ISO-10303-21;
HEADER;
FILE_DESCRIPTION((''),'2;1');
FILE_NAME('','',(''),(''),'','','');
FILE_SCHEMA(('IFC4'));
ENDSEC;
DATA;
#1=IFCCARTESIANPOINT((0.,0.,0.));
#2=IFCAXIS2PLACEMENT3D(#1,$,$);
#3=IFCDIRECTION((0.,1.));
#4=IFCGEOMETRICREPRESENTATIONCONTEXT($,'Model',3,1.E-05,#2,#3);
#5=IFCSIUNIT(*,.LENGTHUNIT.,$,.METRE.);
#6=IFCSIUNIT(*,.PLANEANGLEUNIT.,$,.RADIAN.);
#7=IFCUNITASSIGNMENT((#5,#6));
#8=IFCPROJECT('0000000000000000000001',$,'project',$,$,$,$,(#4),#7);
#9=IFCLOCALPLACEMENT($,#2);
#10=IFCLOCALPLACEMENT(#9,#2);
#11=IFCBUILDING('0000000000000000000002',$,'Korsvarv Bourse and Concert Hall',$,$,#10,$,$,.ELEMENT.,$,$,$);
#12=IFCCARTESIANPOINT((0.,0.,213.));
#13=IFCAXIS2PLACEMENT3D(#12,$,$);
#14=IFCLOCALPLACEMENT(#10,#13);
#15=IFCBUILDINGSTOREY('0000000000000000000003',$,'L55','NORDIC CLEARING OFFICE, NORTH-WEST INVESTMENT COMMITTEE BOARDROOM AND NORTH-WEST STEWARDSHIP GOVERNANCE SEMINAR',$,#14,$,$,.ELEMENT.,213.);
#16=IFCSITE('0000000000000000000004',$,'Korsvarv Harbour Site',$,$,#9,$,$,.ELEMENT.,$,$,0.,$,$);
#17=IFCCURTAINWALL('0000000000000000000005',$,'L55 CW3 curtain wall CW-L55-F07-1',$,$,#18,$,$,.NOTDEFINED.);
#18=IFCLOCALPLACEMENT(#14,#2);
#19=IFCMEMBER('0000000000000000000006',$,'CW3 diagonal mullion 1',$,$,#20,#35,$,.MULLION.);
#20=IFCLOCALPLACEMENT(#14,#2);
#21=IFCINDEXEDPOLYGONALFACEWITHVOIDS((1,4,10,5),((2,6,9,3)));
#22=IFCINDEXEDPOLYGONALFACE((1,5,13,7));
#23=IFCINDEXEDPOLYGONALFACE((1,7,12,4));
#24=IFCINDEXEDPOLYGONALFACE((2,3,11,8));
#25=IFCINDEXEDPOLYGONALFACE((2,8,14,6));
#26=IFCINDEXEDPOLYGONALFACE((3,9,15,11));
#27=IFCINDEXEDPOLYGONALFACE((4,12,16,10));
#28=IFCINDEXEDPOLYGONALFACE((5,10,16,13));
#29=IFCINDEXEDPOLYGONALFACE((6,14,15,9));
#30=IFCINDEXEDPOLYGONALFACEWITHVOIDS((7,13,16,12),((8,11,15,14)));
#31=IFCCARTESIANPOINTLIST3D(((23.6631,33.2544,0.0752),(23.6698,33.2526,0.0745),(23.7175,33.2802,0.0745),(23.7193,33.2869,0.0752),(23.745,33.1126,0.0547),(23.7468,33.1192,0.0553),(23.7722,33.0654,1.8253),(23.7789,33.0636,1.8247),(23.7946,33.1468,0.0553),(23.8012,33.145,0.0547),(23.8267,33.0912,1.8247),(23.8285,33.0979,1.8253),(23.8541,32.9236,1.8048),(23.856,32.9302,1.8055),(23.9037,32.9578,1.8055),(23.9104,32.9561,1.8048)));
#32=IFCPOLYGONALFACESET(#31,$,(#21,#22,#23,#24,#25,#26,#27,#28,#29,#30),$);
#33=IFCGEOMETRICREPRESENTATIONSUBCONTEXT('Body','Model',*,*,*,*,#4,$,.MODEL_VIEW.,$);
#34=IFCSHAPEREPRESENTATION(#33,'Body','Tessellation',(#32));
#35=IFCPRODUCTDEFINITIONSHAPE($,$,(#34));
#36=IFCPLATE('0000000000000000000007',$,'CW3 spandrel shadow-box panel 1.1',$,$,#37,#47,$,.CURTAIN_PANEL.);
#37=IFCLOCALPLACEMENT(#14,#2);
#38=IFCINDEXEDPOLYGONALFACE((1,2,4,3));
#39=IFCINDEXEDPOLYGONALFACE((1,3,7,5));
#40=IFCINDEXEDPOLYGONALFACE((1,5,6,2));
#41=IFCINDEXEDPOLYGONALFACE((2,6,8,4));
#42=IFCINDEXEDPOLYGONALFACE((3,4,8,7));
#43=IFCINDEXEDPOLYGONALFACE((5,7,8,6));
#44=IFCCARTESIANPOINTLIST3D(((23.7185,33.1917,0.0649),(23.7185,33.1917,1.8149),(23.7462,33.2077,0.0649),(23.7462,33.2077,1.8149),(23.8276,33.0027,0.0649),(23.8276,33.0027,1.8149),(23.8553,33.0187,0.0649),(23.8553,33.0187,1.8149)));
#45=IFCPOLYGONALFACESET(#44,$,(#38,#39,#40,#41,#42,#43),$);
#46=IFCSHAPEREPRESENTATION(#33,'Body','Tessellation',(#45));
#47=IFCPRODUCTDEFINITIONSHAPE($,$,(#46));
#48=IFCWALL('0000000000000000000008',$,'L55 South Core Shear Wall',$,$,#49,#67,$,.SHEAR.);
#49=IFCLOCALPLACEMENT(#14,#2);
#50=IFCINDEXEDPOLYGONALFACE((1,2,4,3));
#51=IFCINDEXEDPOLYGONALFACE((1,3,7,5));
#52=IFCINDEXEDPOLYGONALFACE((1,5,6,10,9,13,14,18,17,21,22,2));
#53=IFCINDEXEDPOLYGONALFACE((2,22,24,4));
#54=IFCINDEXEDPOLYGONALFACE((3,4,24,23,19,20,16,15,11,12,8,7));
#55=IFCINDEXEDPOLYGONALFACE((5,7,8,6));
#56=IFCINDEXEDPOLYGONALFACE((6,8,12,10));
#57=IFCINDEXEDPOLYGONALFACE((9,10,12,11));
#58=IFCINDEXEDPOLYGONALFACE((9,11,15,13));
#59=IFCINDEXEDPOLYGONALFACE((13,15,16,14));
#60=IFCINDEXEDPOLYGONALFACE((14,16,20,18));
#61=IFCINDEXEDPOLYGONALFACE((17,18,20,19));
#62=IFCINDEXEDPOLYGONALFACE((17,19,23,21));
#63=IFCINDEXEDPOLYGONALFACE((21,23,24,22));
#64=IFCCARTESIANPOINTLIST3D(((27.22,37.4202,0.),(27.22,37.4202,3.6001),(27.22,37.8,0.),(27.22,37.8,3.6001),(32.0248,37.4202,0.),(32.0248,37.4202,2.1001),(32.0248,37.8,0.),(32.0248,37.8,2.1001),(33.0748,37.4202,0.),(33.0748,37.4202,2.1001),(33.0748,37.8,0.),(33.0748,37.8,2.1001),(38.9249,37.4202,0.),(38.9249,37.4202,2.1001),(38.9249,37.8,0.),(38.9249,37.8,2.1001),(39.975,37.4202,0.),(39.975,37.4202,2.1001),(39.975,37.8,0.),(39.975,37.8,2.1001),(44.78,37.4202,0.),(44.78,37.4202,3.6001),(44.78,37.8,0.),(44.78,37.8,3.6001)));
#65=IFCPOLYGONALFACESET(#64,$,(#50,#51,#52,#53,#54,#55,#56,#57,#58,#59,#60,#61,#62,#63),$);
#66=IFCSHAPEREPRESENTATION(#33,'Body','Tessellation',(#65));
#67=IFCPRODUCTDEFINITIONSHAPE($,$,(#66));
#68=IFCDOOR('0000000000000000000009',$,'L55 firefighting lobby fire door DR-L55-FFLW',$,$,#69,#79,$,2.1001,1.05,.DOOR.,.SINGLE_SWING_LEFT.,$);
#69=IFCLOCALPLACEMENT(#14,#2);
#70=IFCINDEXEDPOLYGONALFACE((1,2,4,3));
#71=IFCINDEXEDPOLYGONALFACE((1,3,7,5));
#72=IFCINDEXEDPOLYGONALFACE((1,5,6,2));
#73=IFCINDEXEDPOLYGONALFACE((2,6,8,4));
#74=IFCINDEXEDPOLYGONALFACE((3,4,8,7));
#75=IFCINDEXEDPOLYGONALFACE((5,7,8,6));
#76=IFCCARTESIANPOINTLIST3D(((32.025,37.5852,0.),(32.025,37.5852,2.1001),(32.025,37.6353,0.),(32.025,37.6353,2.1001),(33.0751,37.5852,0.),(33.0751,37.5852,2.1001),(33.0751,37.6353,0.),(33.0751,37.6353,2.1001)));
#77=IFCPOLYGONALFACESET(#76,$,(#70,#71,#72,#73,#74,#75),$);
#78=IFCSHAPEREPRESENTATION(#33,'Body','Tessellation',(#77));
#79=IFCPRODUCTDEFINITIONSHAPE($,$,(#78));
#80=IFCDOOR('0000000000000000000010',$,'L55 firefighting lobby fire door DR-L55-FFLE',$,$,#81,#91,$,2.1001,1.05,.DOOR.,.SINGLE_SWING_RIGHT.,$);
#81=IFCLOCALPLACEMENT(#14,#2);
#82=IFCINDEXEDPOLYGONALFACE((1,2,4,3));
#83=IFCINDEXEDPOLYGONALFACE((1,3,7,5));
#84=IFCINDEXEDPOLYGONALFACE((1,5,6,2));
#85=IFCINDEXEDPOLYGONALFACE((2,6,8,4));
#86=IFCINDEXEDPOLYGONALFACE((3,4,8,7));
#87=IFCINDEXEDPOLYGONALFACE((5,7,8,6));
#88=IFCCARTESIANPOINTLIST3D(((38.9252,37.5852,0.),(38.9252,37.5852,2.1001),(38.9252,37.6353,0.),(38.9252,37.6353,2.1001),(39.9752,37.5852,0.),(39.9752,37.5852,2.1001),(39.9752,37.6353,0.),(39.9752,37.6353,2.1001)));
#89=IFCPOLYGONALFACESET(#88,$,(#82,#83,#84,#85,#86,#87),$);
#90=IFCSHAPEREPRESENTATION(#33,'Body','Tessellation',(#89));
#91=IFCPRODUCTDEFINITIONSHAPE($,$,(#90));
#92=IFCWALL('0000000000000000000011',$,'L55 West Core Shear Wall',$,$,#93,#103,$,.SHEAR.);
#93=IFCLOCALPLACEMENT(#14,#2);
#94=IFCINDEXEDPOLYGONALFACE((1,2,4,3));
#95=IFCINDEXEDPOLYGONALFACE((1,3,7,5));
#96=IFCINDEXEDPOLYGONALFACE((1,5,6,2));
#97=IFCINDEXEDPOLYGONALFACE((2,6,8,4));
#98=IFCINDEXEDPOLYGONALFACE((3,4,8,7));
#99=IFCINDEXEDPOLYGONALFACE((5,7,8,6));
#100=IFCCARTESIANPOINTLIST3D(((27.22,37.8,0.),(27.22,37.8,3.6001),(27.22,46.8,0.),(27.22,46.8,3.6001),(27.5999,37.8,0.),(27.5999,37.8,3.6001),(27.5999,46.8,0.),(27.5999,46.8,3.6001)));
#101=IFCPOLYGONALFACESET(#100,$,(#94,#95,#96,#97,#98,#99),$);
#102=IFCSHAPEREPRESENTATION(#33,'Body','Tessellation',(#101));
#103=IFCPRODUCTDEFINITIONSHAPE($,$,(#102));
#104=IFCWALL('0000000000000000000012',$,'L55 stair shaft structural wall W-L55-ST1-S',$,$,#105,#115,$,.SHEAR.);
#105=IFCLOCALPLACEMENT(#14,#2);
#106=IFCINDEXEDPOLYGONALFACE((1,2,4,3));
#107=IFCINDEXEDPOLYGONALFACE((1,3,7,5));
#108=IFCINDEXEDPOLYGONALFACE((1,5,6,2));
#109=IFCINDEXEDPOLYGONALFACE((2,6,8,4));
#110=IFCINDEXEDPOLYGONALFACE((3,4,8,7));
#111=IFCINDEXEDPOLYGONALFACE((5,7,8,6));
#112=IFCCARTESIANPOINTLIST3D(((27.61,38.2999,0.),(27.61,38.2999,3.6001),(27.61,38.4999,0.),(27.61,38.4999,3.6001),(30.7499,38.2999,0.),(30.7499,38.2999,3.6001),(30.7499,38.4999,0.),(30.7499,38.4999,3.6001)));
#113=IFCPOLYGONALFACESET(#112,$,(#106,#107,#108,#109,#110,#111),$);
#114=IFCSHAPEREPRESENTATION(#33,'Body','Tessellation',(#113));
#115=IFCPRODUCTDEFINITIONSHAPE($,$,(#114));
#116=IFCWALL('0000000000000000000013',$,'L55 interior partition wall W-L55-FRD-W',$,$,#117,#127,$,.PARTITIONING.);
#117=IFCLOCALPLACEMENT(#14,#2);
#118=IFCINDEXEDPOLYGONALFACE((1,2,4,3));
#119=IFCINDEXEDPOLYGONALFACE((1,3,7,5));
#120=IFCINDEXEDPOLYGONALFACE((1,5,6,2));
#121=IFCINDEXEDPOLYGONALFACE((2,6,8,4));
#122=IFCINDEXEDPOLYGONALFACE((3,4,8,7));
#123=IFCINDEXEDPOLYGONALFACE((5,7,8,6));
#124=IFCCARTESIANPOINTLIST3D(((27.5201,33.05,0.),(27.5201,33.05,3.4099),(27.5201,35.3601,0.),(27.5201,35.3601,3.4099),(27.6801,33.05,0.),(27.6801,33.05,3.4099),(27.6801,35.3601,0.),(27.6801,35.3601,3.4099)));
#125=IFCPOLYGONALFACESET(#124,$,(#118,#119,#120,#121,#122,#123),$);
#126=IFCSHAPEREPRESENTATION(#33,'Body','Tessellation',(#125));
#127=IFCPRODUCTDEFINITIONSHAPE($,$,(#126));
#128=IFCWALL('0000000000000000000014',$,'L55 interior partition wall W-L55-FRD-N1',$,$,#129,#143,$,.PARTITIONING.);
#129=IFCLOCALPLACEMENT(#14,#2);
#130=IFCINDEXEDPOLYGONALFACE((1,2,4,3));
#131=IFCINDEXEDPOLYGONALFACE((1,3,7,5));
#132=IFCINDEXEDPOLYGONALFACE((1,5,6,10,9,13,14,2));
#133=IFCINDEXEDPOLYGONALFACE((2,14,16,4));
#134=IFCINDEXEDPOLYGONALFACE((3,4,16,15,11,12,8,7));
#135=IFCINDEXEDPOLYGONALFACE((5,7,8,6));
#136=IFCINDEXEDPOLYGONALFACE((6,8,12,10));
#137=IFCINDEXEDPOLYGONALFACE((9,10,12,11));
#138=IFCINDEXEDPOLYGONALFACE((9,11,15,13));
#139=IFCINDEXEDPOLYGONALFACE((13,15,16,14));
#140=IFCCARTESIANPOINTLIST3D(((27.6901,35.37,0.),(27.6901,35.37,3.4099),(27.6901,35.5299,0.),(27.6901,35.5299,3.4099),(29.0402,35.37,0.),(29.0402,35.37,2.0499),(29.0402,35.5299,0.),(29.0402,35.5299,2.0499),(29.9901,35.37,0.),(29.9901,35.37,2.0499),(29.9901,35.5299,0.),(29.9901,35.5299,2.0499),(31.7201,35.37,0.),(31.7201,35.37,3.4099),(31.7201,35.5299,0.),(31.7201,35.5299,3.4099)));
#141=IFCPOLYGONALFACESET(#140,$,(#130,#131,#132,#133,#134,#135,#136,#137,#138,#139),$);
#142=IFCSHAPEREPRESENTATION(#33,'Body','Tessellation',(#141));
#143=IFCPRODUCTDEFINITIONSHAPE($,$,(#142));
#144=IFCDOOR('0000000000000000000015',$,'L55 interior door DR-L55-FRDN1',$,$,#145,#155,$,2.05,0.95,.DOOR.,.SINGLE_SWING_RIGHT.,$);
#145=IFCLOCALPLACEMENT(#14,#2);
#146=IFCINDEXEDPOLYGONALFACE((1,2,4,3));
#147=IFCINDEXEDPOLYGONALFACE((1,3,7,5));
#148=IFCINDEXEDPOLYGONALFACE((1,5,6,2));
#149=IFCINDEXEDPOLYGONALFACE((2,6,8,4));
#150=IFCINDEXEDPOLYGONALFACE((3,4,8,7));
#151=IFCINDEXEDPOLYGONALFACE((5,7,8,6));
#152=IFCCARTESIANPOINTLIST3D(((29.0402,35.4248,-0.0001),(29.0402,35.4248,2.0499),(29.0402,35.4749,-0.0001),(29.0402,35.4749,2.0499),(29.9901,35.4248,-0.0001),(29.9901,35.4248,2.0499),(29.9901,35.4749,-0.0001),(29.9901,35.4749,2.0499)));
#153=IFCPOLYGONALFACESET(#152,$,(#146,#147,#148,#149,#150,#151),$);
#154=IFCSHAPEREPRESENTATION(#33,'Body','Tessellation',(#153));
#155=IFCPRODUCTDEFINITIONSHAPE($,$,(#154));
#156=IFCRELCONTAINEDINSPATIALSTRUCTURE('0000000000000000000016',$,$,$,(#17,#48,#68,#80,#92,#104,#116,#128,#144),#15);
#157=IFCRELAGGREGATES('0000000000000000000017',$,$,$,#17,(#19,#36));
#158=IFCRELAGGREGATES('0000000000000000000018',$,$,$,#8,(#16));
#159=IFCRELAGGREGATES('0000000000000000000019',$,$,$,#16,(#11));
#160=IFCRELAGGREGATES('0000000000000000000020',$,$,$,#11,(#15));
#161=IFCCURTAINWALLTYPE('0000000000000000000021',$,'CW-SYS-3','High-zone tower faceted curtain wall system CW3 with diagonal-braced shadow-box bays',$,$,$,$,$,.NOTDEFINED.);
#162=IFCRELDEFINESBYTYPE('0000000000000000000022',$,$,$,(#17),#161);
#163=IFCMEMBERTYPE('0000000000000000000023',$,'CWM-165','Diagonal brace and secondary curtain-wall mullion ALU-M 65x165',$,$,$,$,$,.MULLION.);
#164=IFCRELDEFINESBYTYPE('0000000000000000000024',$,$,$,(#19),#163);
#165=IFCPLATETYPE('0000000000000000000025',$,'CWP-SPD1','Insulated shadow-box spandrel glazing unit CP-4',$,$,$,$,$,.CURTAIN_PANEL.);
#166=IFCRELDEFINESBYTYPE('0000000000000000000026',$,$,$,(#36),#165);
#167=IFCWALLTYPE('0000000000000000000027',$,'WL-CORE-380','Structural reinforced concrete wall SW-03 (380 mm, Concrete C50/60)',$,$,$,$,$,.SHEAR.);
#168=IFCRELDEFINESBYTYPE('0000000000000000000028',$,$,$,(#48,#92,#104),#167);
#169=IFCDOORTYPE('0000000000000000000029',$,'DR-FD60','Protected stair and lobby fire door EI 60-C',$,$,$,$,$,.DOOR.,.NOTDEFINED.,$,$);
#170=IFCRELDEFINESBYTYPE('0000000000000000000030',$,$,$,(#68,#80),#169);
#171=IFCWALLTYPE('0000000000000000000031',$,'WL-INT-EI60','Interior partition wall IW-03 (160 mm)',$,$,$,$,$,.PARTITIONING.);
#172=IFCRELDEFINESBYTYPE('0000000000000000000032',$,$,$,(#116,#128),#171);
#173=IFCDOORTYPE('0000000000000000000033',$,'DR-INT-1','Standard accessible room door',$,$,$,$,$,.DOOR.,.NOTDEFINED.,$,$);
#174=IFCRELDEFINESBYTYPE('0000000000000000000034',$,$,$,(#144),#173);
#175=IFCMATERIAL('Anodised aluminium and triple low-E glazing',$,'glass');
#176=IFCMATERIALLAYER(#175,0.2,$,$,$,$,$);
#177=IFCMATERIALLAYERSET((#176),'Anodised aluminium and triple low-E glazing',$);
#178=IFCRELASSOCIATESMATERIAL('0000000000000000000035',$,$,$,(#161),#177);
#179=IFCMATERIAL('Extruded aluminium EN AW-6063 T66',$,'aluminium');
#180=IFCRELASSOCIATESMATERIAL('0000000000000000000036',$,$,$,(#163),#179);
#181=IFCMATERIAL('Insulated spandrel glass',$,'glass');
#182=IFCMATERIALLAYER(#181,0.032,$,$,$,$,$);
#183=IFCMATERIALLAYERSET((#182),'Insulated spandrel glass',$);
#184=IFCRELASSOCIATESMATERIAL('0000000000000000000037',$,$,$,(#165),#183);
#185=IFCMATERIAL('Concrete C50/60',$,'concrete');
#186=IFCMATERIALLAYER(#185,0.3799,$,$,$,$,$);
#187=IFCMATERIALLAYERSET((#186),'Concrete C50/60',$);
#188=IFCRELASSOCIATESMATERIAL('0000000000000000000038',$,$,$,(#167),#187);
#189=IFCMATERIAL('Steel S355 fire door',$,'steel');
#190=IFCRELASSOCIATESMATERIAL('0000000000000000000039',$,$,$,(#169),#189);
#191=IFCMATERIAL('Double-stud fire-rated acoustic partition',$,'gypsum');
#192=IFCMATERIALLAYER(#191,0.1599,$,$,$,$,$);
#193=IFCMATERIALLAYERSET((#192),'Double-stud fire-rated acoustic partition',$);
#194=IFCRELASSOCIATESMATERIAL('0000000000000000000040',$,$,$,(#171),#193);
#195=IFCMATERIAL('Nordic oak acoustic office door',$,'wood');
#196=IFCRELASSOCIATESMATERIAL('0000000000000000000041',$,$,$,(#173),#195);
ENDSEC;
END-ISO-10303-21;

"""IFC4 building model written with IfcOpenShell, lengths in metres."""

from ifc_helpers import new_model, si_unit, direction, frame, frame_2d, origin, origin_2d, place, context, subcontext, project, spatial, rectangle, hollow_rectangle, extrude, source, transform, mapped, material, layer, layer_set, material_profile, profile_set, type_object, element, fill, aggregate, save


model = new_model("IFC4")

# Units and contexts
model_context = context("Model", 3, precision=1e-05, world=origin(), true_north=direction((0.0, 1.0)))
body_context = subcontext(model_context, "Body", "Model", "MODEL_VIEW")
ifc_project = project(units=[si_unit("LENGTHUNIT", "METRE"), si_unit("PLANEANGLEUNIT", "RADIAN")], contexts=[model_context])

# Site, building, storey
site_placement = place(None, origin())
site = spatial("IfcSite", under=ifc_project, at=site_placement, Name="Korsvarv Harbour Site", CompositionType="ELEMENT", RefElevation=0.0)
building_placement = place(site_placement, origin())
building = spatial("IfcBuilding", under=site, at=building_placement, Name="Korsvarv Bourse and Concert Hall", CompositionType="ELEMENT")
storey_placement = place(building_placement, frame((0.0, 0.0, 213.0)))
storey = spatial("IfcBuildingStorey", under=building, at=storey_placement, Name="L55", Description="NORDIC CLEARING OFFICE, NORTH-WEST INVESTMENT COMMITTEE BOARDROOM AND NORTH-WEST STEWARDSHIP GOVERNANCE SEMINAR", CompositionType="ELEMENT", Elevation=213.0)

# Shared definitions
ifc_material_1 = material(Name="Concrete C50/60", Category="concrete")

# Curtain wall, member, plate
ifc_material_2 = material(Name="Anodised aluminium and triple low-E glazing", Category="glass")
ifc_layer_1 = layer(ifc_material_2, 0.2)
ifc_layer_set_1 = layer_set([ifc_layer_1], Name="Anodised aluminium and triple low-E glazing")
curtain_wall_type = type_object("IfcCurtainWallType", Name="CW-SYS-3", Description="High-zone tower faceted curtain wall system CW3 with diagonal-braced shadow-box bays", PredefinedType="NOTDEFINED", material=ifc_layer_set_1)
curtain_wall_placement = place(storey_placement, origin())
curtain_wall = element("IfcCurtainWall", 1, at=curtain_wall_placement, inside=storey, type_object=curtain_wall_type, Name="L55 CW3 curtain wall CW-L55-F07-1", PredefinedType="NOTDEFINED")
ifc_material_3 = material(Name="Extruded aluminium EN AW-6063 T66", Category="aluminium")
ifc_material_profile_1 = material_profile(ifc_material_3, hollow_rectangle(XDim=0.0649, YDim=0.165, WallThickness=0.0049, at=origin_2d()), Name="ALU-M 65x165")
ifc_profile_set_1 = profile_set([ifc_material_profile_1], Name="Extruded aluminium EN AW-6063 T66")
member_type_1 = type_object("IfcMemberType", Name="CWM-165", Description="Diagonal brace and secondary curtain-wall mullion ALU-M 65x165", PredefinedType="MULLION", material=ifc_profile_set_1)
shared_shape_1 = source(origin(), body_context, "Body", "SweptSolid", [
    extrude(hollow_rectangle(XDim=0.0649, YDim=0.165, WallThickness=0.0049, at=origin_2d()), origin(), (0.0, 0.0, 1.0), 1.7637),
])
member_1_placement = place(storey_placement, frame((23.7322, 33.1997, 0.0649), z_axis=(0.061881, -0.10715, 0.992315), x_axis=(0.865962, 0.50011, 0.0)))
member_1 = element("IfcMember", 2, at=member_1_placement, type_object=member_type_1, Name="CW3 diagonal mullion 1", PredefinedType="MULLION", context=body_context, shape_type="MappedRepresentation", body=[
    mapped(shared_shape_1, transform((0.0, 0.0, 0.0), scale=1.0)),
])
ifc_material_4 = material(Name="Insulated spandrel glass", Category="glass")
ifc_layer_2 = layer(ifc_material_4, 0.032)
ifc_layer_set_2 = layer_set([ifc_layer_2], Name="Insulated spandrel glass")
plate_type = type_object("IfcPlateType", Name="CWP-SPD1", Description="Insulated shadow-box spandrel glazing unit CP-4", PredefinedType="CURTAIN_PANEL", material=ifc_layer_set_2)
shared_shape_2 = source(origin(), body_context, "Body", "SweptSolid", [
    extrude(rectangle(XDim=0.2183, YDim=0.032, at=origin_2d()), origin(), (0.0, 0.0, 1.0), 1.75),
])
plate_placement = place(storey_placement, frame((23.7869, 33.1052, 0.0649), z_axis=(0.0, 0.0, 1.0), x_axis=(0.499892, -0.866088, 0.0)))
plate = element("IfcPlate", 3, at=plate_placement, type_object=plate_type, Name="CW3 spandrel shadow-box panel 1.1", PredefinedType="CURTAIN_PANEL", context=body_context, shape_type="MappedRepresentation", body=[
    mapped(shared_shape_2, transform((0.0, 0.0, 0.0), scale=1.0)),
])
aggregate(curtain_wall, [member_1, plate])

# Wall, openings, doors
ifc_layer_3 = layer(ifc_material_1, 0.3799)
ifc_layer_set_3 = layer_set([ifc_layer_3], Name="Concrete C50/60")
wall_type_1 = type_object("IfcWallType", Name="WL-CORE-380", Description="Structural reinforced concrete wall SW-03 (380 mm, Concrete C50/60)", PredefinedType="SHEAR", material=ifc_layer_set_3)
wall_1_placement = place(storey_placement, frame((27.22, 37.6101, 0.0), z_axis=(0.0, 0.0, 1.0), x_axis=(1.0, 0.0, 0.0)))
wall_1 = element("IfcWall", 4, at=wall_1_placement, inside=storey, type_object=wall_type_1, Name="L55 South Core Shear Wall", PredefinedType="SHEAR", context=body_context, shape_type="SweptSolid", body=[
    extrude(rectangle(XDim=17.5601, YDim=0.3799, at=frame_2d((8.78, 0.0))), origin(), (0.0, 0.0, 1.0), 3.6001),
])
opening_1_placement = place(wall_1_placement, frame((4.8049, 0.0, 0.0)))
opening_1 = element("IfcOpeningElement", 5, at=opening_1_placement, cuts=wall_1, PredefinedType="OPENING", context=body_context, shape_type="SweptSolid", body=[
    extrude(rectangle(XDim=1.05, YDim=2.1001, at=frame_2d((0.5249, 1.05))), frame((0.0, 0.2, 0.0), z_axis=(0.0, -1.0, 0.0), x_axis=(1.0, 0.0, 0.0)), (0.0, 0.0, 1.0), 0.3999),
])
opening_2_placement = place(wall_1_placement, frame((11.7051, 0.0, 0.0)))
opening_2 = element("IfcOpeningElement", 6, at=opening_2_placement, cuts=wall_1, PredefinedType="OPENING", context=body_context, shape_type="SweptSolid", body=[
    extrude(rectangle(XDim=1.05, YDim=2.1001, at=frame_2d((0.5249, 1.05))), frame((0.0, 0.2, 0.0), z_axis=(0.0, -1.0, 0.0), x_axis=(1.0, 0.0, 0.0)), (0.0, 0.0, 1.0), 0.3999),
])
ifc_material_5 = material(Name="Steel S355 fire door", Category="steel")
door_type_1 = type_object("IfcDoorType", Name="DR-FD60", Description="Protected stair and lobby fire door EI 60-C", OperationType="NOTDEFINED", PredefinedType="DOOR", material=ifc_material_5)
door_1_placement = place(opening_1_placement, frame((1.05, 0.0, 0.0), z_axis=(0.0, 0.0, 1.0), x_axis=(-1.0, 0.0, 0.0)))
door_1 = element("IfcDoor", 7, at=door_1_placement, inside=storey, type_object=door_type_1, Name="L55 firefighting lobby fire door DR-L55-FFLW", OperationType="SINGLE_SWING_LEFT", OverallHeight=2.1001, OverallWidth=1.05, PredefinedType="DOOR", context=body_context, shape_type="SweptSolid", body=[
    extrude(rectangle(XDim=1.05, YDim=2.1001, at=frame_2d((0.5249, 1.05))), frame((0.0, 0.0249, 0.0), z_axis=(0.0, -1.0, 0.0), x_axis=(1.0, 0.0, 0.0)), (0.0, 0.0, 1.0), 0.05),
])
fill(opening_1, door_1)
door_2_placement = place(opening_2_placement, frame((1.05, 0.0, 0.0), z_axis=(0.0, 0.0, 1.0), x_axis=(-1.0, 0.0, 0.0)))
door_2 = element("IfcDoor", 8, at=door_2_placement, inside=storey, type_object=door_type_1, Name="L55 firefighting lobby fire door DR-L55-FFLE", OperationType="SINGLE_SWING_RIGHT", OverallHeight=2.1001, OverallWidth=1.05, PredefinedType="DOOR", context=body_context, shape_type="SweptSolid", body=[
    extrude(rectangle(XDim=1.05, YDim=2.1001, at=frame_2d((0.5249, 1.05))), frame((0.0, 0.0249, 0.0), z_axis=(0.0, -1.0, 0.0), x_axis=(1.0, 0.0, 0.0)), (0.0, 0.0, 1.0), 0.05),
])
fill(opening_2, door_2)

# Walls
wall_2_placement = place(storey_placement, frame((27.4099, 37.8, 0.0), z_axis=(0.0, 0.0, 1.0), x_axis=(0.0, 1.0, 0.0)))
element("IfcWall", 9, at=wall_2_placement, inside=storey, type_object=wall_type_1, Name="L55 West Core Shear Wall", PredefinedType="SHEAR", context=body_context, shape_type="SweptSolid", body=[
    extrude(rectangle(XDim=9.0, YDim=0.3799, at=frame_2d((4.5, 0.0))), origin(), (0.0, 0.0, 1.0), 3.6001),
])
wall_3_placement = place(storey_placement, frame((27.6101, 38.3999, 0.0), z_axis=(0.0, 0.0, 1.0), x_axis=(1.0, 0.0, 0.0)))
element("IfcWall", 10, at=wall_3_placement, inside=storey, type_object=wall_type_1, Name="L55 stair shaft structural wall W-L55-ST1-S", PredefinedType="SHEAR", context=body_context, shape_type="SweptSolid", body=[
    extrude(rectangle(XDim=3.1399, YDim=0.2, at=frame_2d((1.5698, 0.0))), origin(), (0.0, 0.0, 1.0), 3.6001),
])
ifc_material_6 = material(Name="Double-stud fire-rated acoustic partition", Category="gypsum")
ifc_layer_4 = layer(ifc_material_6, 0.1599)
ifc_layer_set_4 = layer_set([ifc_layer_4], Name="Double-stud fire-rated acoustic partition")
wall_type_2 = type_object("IfcWallType", Name="WL-INT-EI60", Description="Interior partition wall IW-03 (160 mm)", PredefinedType="PARTITIONING", material=ifc_layer_set_4)
wall_4_placement = place(storey_placement, frame((27.6001, 33.05, 0.0), z_axis=(0.0, 0.0, 1.0), x_axis=(0.0, 1.0, 0.0)))
element("IfcWall", 11, at=wall_4_placement, inside=storey, type_object=wall_type_2, Name="L55 interior partition wall W-L55-FRD-W", PredefinedType="PARTITIONING", context=body_context, shape_type="SweptSolid", body=[
    extrude(rectangle(XDim=2.3101, YDim=0.1599, at=frame_2d((1.155, 0.0))), origin(), (0.0, 0.0, 1.0), 3.4099),
])

# Wall, opening, door
wall_5_placement = place(storey_placement, frame((27.6899, 35.45, 0.0), z_axis=(0.0, 0.0, 1.0), x_axis=(1.0, 0.0, 0.0)))
wall_5 = element("IfcWall", 12, at=wall_5_placement, inside=storey, type_object=wall_type_2, Name="L55 interior partition wall W-L55-FRD-N1", PredefinedType="PARTITIONING", context=body_context, shape_type="SweptSolid", body=[
    extrude(rectangle(XDim=4.03, YDim=0.1599, at=frame_2d((2.0151, 0.0))), origin(), (0.0, 0.0, 1.0), 3.4099),
])
opening_3_placement = place(wall_5_placement, frame((1.3501, 0.0, 0.0)))
opening_3 = element("IfcOpeningElement", 13, at=opening_3_placement, cuts=wall_5, PredefinedType="OPENING", context=body_context, shape_type="SweptSolid", body=[
    extrude(rectangle(XDim=0.95, YDim=2.05, at=frame_2d((0.4751, 1.0249))), frame((0.0, 0.0898, 0.0), z_axis=(0.0, -1.0, 0.0), x_axis=(1.0, 0.0, 0.0)), (0.0, 0.0, 1.0), 0.1799),
])
ifc_material_7 = material(Name="Nordic oak acoustic office door", Category="wood")
door_type_2 = type_object("IfcDoorType", Name="DR-INT-1", Description="Standard accessible room door", OperationType="NOTDEFINED", PredefinedType="DOOR", material=ifc_material_7)
door_3_placement = place(opening_3_placement, origin())
door_3 = element("IfcDoor", 14, at=door_3_placement, inside=storey, type_object=door_type_2, Name="L55 interior door DR-L55-FRDN1", OperationType="SINGLE_SWING_RIGHT", OverallHeight=2.05, OverallWidth=0.95, PredefinedType="DOOR", context=body_context, shape_type="SweptSolid", body=[
    extrude(rectangle(XDim=0.95, YDim=2.05, at=frame_2d((0.4751, 1.0249))), frame((0.0, 0.0249, 0.0), z_axis=(0.0, -1.0, 0.0), x_axis=(1.0, 0.0, 0.0)), (0.0, 0.0, 1.0), 0.05),
])
fill(opening_3, door_3)

save(model, "model.ifc")
